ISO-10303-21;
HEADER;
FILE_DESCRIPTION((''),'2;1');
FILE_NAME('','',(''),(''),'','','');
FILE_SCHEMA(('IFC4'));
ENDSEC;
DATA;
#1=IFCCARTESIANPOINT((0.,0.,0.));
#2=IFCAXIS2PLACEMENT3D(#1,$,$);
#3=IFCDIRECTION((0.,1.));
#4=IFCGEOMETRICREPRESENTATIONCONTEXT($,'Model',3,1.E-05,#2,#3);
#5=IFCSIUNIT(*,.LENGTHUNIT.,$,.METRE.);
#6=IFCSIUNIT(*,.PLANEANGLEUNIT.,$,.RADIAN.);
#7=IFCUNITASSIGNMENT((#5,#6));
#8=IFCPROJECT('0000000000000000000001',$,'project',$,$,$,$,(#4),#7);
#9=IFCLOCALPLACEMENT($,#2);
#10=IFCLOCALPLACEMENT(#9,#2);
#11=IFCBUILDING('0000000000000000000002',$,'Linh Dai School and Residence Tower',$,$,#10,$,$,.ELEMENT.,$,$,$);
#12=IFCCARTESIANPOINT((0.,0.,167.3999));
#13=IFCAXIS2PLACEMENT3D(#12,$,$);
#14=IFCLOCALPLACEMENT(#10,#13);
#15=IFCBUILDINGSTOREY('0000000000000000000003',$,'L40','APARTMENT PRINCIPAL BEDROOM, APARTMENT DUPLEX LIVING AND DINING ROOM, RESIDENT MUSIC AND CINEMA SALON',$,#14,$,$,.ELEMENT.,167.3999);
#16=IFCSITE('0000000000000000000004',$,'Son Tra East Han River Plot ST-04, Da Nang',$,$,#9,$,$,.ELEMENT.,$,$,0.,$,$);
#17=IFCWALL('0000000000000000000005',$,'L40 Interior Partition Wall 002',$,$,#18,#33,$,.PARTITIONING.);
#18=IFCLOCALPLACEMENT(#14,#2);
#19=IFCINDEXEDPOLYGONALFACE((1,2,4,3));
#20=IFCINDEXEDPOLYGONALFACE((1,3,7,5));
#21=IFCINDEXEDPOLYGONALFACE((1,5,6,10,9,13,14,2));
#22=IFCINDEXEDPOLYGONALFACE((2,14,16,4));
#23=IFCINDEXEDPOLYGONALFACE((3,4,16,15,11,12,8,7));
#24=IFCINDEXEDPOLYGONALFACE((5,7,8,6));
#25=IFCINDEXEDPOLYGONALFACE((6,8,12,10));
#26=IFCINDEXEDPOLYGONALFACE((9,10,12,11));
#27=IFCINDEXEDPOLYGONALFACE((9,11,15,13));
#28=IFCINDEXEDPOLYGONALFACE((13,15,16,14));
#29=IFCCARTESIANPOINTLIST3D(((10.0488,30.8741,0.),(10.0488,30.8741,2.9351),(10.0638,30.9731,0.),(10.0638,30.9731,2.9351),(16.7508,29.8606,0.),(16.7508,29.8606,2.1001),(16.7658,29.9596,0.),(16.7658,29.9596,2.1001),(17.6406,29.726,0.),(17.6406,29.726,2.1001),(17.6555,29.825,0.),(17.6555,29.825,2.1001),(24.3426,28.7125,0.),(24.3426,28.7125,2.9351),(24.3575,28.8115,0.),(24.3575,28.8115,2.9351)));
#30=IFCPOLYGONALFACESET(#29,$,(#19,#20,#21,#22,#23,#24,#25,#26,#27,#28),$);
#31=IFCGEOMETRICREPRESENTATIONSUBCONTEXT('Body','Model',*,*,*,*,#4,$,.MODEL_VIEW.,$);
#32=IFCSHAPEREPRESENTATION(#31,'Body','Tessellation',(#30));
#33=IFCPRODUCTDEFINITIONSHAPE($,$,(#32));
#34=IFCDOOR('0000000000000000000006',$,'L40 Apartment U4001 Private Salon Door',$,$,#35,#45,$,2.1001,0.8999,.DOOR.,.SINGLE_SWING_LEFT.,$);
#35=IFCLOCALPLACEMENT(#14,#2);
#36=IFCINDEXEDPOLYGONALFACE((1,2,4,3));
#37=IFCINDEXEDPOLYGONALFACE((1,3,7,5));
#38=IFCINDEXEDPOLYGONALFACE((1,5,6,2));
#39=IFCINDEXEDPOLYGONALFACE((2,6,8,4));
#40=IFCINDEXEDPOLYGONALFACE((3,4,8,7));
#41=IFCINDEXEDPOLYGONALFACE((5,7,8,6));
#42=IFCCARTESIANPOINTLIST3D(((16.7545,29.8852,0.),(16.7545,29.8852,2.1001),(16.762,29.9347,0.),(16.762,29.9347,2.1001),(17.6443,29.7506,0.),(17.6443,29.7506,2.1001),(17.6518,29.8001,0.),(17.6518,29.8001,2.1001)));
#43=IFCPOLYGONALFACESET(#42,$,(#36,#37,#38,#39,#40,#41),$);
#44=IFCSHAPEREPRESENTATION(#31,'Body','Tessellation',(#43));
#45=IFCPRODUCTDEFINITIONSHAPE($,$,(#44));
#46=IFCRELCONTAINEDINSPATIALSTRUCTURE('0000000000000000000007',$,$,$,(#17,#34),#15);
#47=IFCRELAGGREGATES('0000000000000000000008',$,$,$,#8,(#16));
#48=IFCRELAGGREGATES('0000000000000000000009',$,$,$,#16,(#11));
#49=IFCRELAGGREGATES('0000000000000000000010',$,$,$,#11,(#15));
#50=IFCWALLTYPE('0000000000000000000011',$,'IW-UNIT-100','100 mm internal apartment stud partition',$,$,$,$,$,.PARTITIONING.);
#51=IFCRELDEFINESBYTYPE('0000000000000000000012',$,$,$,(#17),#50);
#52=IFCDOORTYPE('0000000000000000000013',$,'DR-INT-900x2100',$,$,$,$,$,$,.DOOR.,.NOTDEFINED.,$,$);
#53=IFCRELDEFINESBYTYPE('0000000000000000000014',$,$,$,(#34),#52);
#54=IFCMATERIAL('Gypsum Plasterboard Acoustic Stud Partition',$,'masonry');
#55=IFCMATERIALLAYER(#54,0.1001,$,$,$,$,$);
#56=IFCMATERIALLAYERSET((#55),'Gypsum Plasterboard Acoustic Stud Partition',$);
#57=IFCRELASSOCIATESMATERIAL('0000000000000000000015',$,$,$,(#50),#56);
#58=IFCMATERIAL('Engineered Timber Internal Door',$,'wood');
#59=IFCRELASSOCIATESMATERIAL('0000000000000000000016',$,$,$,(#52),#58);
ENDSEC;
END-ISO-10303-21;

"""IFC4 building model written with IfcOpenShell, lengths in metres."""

from ifc_helpers import new_model, si_unit, direction, frame, frame_2d, origin, origin_2d, place, context, subcontext, project, spatial, rectangle, extrude, source, transform, mapped, material, layer, layer_set, type_object, element, fill, save


model = new_model("IFC4")

# Units and contexts
model_context = context("Model", 3, precision=1e-05, world=origin(), true_north=direction((0.0, 1.0)))
body_context = subcontext(model_context, "Body", "Model", "MODEL_VIEW")
ifc_project = project(units=[si_unit("LENGTHUNIT", "METRE"), si_unit("PLANEANGLEUNIT", "RADIAN")], contexts=[model_context])

# Site, building, storey
site_placement = place(None, origin())
site = spatial("IfcSite", under=ifc_project, at=site_placement, Name="Son Tra East Han River Plot ST-04, Da Nang", CompositionType="ELEMENT", RefElevation=0.0)
building_placement = place(site_placement, origin())
building = spatial("IfcBuilding", under=site, at=building_placement, Name="Linh Dai School and Residence Tower", CompositionType="ELEMENT")
storey_placement = place(building_placement, frame((0.0, 0.0, 167.3999)))
storey = spatial("IfcBuildingStorey", under=building, at=storey_placement, Name="L40", Description="APARTMENT PRINCIPAL BEDROOM, APARTMENT DUPLEX LIVING AND DINING ROOM, RESIDENT MUSIC AND CINEMA SALON", CompositionType="ELEMENT", Elevation=167.3999)

# Wall, opening, door
ifc_material_1 = material(Name="Gypsum Plasterboard Acoustic Stud Partition", Category="masonry")
ifc_layer_1 = layer(ifc_material_1, 0.1001)
ifc_layer_set_1 = layer_set([ifc_layer_1], Name="Gypsum Plasterboard Acoustic Stud Partition")
wall_type_1 = type_object("IfcWallType", Name="IW-UNIT-100", Description="100 mm internal apartment stud partition", PredefinedType="PARTITIONING", material=ifc_layer_set_1)
wall_1_placement = place(storey_placement, frame((10.0564, 30.9236, 0.0), z_axis=(0.0, 0.0, 1.0), x_axis=(0.988757, -0.149529, 0.0)))
wall_1 = element("IfcWall", 1, at=wall_1_placement, inside=storey, type_object=wall_type_1, Name="L40 Interior Partition Wall 002", PredefinedType="PARTITIONING", context=body_context, shape_type="SweptSolid", body=[
    extrude(rectangle(XDim=14.4563, YDim=0.1001, at=frame_2d((7.228, 0.0))), origin(), (0.0, 0.0, 1.0), 2.9351),
])
opening_1_placement = place(wall_1_placement, frame((6.7781, 0.0, 0.0)))
opening_1 = element("IfcOpeningElement", 2, at=opening_1_placement, cuts=wall_1, PredefinedType="OPENING", context=body_context, shape_type="SweptSolid", body=[
    extrude(rectangle(XDim=0.8999, YDim=2.1001, at=origin_2d()), frame((0.45, 0.0601, 1.05), z_axis=(0.0, -1.0, 0.0), x_axis=(1.0, 0.0, 0.0)), (0.0, 0.0, 1.0), 0.1201),
])
ifc_material_2 = material(Name="Engineered Timber Internal Door", Category="wood")
door_type_1 = type_object("IfcDoorType", Name="DR-INT-900x2100", OperationType="NOTDEFINED", PredefinedType="DOOR", material=ifc_material_2)
shared_shape_1 = source(origin(), body_context, "Body", "SweptSolid", [
    extrude(rectangle(XDim=0.8999, YDim=2.1001, at=origin_2d()), frame((0.45, 0.0249, 1.05), z_axis=(0.0, -1.0, 0.0), x_axis=(1.0, 0.0, 0.0)), (0.0, 0.0, 1.0), 0.05),
])
door_1_placement = place(opening_1_placement, origin())
door_1 = element("IfcDoor", 3, at=door_1_placement, inside=storey, type_object=door_type_1, Name="L40 Apartment U4001 Private Salon Door", OperationType="SINGLE_SWING_LEFT", OverallHeight=2.1001, OverallWidth=0.8999, PredefinedType="DOOR", context=body_context, shape_type="MappedRepresentation", body=[
    mapped(shared_shape_1, transform((0.0, 0.0, 0.0), x_axis=(1.0, 0.0, 0.0), y_axis=(0.0, 1.0, 0.0), z_axis=(0.0, 0.0, 1.0), scale=1.0)),
])
fill(opening_1, door_1)

save(model, "model.ifc")
